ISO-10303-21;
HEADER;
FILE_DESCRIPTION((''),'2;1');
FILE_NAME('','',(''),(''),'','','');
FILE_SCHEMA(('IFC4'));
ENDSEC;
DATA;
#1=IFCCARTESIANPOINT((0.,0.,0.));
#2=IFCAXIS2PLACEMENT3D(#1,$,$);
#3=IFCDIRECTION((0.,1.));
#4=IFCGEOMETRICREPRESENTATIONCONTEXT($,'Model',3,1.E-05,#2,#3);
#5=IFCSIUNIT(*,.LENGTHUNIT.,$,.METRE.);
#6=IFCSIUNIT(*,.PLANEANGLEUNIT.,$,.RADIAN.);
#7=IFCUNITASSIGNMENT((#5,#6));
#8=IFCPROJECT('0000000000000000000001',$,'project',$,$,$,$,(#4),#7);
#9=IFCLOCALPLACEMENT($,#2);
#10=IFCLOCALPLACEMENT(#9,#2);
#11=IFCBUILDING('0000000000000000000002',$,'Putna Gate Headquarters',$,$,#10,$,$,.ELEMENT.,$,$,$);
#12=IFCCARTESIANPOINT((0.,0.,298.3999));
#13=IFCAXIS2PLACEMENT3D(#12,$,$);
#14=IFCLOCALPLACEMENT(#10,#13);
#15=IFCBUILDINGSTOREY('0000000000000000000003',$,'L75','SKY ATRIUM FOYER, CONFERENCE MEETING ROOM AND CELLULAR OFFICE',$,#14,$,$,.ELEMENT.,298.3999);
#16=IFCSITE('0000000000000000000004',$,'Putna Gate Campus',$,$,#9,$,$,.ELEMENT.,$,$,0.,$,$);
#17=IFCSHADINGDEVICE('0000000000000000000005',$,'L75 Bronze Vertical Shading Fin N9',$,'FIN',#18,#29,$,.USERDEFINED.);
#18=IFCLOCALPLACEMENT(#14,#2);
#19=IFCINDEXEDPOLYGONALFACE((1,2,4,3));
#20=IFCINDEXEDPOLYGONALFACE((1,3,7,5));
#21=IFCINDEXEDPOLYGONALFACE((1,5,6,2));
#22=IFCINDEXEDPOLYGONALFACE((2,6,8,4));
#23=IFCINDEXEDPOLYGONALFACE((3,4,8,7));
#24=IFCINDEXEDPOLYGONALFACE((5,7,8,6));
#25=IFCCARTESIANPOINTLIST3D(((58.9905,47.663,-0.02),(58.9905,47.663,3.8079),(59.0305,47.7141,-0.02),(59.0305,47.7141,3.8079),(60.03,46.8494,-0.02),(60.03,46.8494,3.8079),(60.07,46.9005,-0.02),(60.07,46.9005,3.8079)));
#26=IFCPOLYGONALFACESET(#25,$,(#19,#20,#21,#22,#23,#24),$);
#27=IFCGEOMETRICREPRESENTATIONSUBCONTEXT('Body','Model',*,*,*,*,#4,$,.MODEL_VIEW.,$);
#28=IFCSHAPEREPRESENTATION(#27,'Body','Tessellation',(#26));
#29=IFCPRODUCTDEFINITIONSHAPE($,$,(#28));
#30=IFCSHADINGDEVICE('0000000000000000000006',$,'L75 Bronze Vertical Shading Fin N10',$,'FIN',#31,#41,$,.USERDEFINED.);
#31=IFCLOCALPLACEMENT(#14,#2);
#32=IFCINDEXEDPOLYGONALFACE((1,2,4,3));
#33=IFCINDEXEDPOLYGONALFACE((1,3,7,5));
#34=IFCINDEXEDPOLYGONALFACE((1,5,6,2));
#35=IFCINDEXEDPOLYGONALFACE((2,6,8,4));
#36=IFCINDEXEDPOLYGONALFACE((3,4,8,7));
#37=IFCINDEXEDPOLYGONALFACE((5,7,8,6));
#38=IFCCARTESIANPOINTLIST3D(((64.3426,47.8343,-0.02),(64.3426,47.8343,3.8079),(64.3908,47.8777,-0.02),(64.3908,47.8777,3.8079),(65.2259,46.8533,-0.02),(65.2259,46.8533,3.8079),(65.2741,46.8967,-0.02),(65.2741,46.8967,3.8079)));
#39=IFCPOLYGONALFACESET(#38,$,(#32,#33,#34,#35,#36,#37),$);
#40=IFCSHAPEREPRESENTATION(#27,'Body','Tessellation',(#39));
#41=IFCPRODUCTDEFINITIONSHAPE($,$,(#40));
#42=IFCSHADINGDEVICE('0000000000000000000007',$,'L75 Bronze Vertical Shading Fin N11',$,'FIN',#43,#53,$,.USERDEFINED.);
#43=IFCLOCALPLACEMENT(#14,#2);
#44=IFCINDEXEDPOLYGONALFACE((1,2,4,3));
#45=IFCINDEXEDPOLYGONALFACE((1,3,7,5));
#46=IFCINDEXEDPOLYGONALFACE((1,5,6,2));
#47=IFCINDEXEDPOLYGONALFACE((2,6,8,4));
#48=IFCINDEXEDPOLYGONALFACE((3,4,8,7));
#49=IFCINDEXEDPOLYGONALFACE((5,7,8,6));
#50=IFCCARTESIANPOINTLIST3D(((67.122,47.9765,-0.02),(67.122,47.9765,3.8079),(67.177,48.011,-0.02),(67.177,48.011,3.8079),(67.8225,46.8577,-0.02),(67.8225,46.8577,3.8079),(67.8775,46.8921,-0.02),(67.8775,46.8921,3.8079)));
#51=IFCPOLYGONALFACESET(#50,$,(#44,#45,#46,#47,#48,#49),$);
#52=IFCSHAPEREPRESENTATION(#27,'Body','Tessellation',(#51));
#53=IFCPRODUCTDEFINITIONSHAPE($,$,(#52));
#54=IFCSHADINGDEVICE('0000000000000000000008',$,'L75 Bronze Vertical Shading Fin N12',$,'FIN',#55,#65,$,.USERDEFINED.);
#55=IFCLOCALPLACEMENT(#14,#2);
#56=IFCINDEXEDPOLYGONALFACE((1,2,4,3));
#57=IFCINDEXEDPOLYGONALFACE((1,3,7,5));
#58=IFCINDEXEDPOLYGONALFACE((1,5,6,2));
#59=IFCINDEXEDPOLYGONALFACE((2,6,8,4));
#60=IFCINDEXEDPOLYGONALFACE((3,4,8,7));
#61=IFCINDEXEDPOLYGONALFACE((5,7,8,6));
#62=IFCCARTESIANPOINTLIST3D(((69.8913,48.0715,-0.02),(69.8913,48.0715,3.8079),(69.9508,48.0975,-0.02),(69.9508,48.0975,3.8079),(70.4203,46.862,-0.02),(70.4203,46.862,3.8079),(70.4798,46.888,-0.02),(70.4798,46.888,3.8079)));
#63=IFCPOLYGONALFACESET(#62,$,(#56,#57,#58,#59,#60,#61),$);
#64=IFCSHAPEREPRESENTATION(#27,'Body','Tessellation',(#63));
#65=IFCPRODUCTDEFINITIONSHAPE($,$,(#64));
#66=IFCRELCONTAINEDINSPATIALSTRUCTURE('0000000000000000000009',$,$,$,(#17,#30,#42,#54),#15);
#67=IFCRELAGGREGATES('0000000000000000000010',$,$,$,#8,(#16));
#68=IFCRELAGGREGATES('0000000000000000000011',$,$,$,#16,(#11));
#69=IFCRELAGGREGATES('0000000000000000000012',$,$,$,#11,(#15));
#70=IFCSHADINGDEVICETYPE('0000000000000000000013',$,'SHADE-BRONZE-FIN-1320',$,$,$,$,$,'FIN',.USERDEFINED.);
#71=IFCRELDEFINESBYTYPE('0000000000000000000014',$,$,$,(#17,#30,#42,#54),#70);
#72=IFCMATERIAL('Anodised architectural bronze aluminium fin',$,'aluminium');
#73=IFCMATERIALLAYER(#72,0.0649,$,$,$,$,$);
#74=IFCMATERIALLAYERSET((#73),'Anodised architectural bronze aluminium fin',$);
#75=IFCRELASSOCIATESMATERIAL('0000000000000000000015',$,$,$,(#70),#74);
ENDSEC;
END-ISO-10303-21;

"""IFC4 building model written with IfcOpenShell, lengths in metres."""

from ifc_helpers import new_model, si_unit, direction, frame, origin, origin_2d, place, context, subcontext, project, spatial, rectangle, extrude, material, layer, layer_set, type_object, element, save


model = new_model("IFC4")

# Units and contexts
model_context = context("Model", 3, precision=1e-05, world=origin(), true_north=direction((0.0, 1.0)))
body_context = subcontext(model_context, "Body", "Model", "MODEL_VIEW")
ifc_project = project(units=[si_unit("LENGTHUNIT", "METRE"), si_unit("PLANEANGLEUNIT", "RADIAN")], contexts=[model_context])

# Site, building, storey
site_placement = place(None, origin())
site = spatial("IfcSite", under=ifc_project, at=site_placement, Name="Putna Gate Campus", CompositionType="ELEMENT", RefElevation=0.0)
building_placement = place(site_placement, origin())
building = spatial("IfcBuilding", under=site, at=building_placement, Name="Putna Gate Headquarters", CompositionType="ELEMENT")
storey_placement = place(building_placement, frame((0.0, 0.0, 298.3999)))
storey = spatial("IfcBuildingStorey", under=building, at=storey_placement, Name="L75", Description="SKY ATRIUM FOYER, CONFERENCE MEETING ROOM AND CELLULAR OFFICE", CompositionType="ELEMENT", Elevation=298.3999)

# Shading devices
ifc_material_1 = material(Name="Anodised architectural bronze aluminium fin", Category="aluminium")
ifc_layer_1 = layer(ifc_material_1, 0.0649)
ifc_layer_set_1 = layer_set([ifc_layer_1], Name="Anodised architectural bronze aluminium fin")
shading_device_type = type_object("IfcShadingDeviceType", Name="SHADE-BRONZE-FIN-1320", ElementType="FIN", PredefinedType="USERDEFINED", material=ifc_layer_set_1)
for number, where, z_axis, x_axis, name in (
    (1, (59.5303, 47.2817, -0.02), (0.0, 0.0, 1.0), (-0.787473, 0.616349, 0.0), "L75 Bronze Vertical Shading Fin N9"),
    (2, (64.8083, 47.3655, -0.02), (0.0, 0.0, 1.0), (-0.669131, 0.743145, 0.0), "L75 Bronze Vertical Shading Fin N10"),
    (3, (67.4998, 47.4343, -0.02), (0.0, 0.0, 1.0), (-0.530659, 0.847585, 0.0), "L75 Bronze Vertical Shading Fin N11"),
    (4, (70.1855, 47.4797, -0.02), (0.0, 0.0, 1.0), (-0.400669, 0.916223, 0.0), "L75 Bronze Vertical Shading Fin N12"),
):
    element("IfcShadingDevice", number, at=place(storey_placement, frame(where, z_axis=z_axis, x_axis=x_axis)), inside=storey, type_object=shading_device_type, Name=name, ObjectType="FIN", PredefinedType="USERDEFINED", context=body_context, shape_type="SweptSolid", body=[
        extrude(rectangle(XDim=1.3201, YDim=0.0649, at=origin_2d()), origin(), (0.0, 0.0, 1.0), 3.8279),
    ])

save(model, "model.ifc")
